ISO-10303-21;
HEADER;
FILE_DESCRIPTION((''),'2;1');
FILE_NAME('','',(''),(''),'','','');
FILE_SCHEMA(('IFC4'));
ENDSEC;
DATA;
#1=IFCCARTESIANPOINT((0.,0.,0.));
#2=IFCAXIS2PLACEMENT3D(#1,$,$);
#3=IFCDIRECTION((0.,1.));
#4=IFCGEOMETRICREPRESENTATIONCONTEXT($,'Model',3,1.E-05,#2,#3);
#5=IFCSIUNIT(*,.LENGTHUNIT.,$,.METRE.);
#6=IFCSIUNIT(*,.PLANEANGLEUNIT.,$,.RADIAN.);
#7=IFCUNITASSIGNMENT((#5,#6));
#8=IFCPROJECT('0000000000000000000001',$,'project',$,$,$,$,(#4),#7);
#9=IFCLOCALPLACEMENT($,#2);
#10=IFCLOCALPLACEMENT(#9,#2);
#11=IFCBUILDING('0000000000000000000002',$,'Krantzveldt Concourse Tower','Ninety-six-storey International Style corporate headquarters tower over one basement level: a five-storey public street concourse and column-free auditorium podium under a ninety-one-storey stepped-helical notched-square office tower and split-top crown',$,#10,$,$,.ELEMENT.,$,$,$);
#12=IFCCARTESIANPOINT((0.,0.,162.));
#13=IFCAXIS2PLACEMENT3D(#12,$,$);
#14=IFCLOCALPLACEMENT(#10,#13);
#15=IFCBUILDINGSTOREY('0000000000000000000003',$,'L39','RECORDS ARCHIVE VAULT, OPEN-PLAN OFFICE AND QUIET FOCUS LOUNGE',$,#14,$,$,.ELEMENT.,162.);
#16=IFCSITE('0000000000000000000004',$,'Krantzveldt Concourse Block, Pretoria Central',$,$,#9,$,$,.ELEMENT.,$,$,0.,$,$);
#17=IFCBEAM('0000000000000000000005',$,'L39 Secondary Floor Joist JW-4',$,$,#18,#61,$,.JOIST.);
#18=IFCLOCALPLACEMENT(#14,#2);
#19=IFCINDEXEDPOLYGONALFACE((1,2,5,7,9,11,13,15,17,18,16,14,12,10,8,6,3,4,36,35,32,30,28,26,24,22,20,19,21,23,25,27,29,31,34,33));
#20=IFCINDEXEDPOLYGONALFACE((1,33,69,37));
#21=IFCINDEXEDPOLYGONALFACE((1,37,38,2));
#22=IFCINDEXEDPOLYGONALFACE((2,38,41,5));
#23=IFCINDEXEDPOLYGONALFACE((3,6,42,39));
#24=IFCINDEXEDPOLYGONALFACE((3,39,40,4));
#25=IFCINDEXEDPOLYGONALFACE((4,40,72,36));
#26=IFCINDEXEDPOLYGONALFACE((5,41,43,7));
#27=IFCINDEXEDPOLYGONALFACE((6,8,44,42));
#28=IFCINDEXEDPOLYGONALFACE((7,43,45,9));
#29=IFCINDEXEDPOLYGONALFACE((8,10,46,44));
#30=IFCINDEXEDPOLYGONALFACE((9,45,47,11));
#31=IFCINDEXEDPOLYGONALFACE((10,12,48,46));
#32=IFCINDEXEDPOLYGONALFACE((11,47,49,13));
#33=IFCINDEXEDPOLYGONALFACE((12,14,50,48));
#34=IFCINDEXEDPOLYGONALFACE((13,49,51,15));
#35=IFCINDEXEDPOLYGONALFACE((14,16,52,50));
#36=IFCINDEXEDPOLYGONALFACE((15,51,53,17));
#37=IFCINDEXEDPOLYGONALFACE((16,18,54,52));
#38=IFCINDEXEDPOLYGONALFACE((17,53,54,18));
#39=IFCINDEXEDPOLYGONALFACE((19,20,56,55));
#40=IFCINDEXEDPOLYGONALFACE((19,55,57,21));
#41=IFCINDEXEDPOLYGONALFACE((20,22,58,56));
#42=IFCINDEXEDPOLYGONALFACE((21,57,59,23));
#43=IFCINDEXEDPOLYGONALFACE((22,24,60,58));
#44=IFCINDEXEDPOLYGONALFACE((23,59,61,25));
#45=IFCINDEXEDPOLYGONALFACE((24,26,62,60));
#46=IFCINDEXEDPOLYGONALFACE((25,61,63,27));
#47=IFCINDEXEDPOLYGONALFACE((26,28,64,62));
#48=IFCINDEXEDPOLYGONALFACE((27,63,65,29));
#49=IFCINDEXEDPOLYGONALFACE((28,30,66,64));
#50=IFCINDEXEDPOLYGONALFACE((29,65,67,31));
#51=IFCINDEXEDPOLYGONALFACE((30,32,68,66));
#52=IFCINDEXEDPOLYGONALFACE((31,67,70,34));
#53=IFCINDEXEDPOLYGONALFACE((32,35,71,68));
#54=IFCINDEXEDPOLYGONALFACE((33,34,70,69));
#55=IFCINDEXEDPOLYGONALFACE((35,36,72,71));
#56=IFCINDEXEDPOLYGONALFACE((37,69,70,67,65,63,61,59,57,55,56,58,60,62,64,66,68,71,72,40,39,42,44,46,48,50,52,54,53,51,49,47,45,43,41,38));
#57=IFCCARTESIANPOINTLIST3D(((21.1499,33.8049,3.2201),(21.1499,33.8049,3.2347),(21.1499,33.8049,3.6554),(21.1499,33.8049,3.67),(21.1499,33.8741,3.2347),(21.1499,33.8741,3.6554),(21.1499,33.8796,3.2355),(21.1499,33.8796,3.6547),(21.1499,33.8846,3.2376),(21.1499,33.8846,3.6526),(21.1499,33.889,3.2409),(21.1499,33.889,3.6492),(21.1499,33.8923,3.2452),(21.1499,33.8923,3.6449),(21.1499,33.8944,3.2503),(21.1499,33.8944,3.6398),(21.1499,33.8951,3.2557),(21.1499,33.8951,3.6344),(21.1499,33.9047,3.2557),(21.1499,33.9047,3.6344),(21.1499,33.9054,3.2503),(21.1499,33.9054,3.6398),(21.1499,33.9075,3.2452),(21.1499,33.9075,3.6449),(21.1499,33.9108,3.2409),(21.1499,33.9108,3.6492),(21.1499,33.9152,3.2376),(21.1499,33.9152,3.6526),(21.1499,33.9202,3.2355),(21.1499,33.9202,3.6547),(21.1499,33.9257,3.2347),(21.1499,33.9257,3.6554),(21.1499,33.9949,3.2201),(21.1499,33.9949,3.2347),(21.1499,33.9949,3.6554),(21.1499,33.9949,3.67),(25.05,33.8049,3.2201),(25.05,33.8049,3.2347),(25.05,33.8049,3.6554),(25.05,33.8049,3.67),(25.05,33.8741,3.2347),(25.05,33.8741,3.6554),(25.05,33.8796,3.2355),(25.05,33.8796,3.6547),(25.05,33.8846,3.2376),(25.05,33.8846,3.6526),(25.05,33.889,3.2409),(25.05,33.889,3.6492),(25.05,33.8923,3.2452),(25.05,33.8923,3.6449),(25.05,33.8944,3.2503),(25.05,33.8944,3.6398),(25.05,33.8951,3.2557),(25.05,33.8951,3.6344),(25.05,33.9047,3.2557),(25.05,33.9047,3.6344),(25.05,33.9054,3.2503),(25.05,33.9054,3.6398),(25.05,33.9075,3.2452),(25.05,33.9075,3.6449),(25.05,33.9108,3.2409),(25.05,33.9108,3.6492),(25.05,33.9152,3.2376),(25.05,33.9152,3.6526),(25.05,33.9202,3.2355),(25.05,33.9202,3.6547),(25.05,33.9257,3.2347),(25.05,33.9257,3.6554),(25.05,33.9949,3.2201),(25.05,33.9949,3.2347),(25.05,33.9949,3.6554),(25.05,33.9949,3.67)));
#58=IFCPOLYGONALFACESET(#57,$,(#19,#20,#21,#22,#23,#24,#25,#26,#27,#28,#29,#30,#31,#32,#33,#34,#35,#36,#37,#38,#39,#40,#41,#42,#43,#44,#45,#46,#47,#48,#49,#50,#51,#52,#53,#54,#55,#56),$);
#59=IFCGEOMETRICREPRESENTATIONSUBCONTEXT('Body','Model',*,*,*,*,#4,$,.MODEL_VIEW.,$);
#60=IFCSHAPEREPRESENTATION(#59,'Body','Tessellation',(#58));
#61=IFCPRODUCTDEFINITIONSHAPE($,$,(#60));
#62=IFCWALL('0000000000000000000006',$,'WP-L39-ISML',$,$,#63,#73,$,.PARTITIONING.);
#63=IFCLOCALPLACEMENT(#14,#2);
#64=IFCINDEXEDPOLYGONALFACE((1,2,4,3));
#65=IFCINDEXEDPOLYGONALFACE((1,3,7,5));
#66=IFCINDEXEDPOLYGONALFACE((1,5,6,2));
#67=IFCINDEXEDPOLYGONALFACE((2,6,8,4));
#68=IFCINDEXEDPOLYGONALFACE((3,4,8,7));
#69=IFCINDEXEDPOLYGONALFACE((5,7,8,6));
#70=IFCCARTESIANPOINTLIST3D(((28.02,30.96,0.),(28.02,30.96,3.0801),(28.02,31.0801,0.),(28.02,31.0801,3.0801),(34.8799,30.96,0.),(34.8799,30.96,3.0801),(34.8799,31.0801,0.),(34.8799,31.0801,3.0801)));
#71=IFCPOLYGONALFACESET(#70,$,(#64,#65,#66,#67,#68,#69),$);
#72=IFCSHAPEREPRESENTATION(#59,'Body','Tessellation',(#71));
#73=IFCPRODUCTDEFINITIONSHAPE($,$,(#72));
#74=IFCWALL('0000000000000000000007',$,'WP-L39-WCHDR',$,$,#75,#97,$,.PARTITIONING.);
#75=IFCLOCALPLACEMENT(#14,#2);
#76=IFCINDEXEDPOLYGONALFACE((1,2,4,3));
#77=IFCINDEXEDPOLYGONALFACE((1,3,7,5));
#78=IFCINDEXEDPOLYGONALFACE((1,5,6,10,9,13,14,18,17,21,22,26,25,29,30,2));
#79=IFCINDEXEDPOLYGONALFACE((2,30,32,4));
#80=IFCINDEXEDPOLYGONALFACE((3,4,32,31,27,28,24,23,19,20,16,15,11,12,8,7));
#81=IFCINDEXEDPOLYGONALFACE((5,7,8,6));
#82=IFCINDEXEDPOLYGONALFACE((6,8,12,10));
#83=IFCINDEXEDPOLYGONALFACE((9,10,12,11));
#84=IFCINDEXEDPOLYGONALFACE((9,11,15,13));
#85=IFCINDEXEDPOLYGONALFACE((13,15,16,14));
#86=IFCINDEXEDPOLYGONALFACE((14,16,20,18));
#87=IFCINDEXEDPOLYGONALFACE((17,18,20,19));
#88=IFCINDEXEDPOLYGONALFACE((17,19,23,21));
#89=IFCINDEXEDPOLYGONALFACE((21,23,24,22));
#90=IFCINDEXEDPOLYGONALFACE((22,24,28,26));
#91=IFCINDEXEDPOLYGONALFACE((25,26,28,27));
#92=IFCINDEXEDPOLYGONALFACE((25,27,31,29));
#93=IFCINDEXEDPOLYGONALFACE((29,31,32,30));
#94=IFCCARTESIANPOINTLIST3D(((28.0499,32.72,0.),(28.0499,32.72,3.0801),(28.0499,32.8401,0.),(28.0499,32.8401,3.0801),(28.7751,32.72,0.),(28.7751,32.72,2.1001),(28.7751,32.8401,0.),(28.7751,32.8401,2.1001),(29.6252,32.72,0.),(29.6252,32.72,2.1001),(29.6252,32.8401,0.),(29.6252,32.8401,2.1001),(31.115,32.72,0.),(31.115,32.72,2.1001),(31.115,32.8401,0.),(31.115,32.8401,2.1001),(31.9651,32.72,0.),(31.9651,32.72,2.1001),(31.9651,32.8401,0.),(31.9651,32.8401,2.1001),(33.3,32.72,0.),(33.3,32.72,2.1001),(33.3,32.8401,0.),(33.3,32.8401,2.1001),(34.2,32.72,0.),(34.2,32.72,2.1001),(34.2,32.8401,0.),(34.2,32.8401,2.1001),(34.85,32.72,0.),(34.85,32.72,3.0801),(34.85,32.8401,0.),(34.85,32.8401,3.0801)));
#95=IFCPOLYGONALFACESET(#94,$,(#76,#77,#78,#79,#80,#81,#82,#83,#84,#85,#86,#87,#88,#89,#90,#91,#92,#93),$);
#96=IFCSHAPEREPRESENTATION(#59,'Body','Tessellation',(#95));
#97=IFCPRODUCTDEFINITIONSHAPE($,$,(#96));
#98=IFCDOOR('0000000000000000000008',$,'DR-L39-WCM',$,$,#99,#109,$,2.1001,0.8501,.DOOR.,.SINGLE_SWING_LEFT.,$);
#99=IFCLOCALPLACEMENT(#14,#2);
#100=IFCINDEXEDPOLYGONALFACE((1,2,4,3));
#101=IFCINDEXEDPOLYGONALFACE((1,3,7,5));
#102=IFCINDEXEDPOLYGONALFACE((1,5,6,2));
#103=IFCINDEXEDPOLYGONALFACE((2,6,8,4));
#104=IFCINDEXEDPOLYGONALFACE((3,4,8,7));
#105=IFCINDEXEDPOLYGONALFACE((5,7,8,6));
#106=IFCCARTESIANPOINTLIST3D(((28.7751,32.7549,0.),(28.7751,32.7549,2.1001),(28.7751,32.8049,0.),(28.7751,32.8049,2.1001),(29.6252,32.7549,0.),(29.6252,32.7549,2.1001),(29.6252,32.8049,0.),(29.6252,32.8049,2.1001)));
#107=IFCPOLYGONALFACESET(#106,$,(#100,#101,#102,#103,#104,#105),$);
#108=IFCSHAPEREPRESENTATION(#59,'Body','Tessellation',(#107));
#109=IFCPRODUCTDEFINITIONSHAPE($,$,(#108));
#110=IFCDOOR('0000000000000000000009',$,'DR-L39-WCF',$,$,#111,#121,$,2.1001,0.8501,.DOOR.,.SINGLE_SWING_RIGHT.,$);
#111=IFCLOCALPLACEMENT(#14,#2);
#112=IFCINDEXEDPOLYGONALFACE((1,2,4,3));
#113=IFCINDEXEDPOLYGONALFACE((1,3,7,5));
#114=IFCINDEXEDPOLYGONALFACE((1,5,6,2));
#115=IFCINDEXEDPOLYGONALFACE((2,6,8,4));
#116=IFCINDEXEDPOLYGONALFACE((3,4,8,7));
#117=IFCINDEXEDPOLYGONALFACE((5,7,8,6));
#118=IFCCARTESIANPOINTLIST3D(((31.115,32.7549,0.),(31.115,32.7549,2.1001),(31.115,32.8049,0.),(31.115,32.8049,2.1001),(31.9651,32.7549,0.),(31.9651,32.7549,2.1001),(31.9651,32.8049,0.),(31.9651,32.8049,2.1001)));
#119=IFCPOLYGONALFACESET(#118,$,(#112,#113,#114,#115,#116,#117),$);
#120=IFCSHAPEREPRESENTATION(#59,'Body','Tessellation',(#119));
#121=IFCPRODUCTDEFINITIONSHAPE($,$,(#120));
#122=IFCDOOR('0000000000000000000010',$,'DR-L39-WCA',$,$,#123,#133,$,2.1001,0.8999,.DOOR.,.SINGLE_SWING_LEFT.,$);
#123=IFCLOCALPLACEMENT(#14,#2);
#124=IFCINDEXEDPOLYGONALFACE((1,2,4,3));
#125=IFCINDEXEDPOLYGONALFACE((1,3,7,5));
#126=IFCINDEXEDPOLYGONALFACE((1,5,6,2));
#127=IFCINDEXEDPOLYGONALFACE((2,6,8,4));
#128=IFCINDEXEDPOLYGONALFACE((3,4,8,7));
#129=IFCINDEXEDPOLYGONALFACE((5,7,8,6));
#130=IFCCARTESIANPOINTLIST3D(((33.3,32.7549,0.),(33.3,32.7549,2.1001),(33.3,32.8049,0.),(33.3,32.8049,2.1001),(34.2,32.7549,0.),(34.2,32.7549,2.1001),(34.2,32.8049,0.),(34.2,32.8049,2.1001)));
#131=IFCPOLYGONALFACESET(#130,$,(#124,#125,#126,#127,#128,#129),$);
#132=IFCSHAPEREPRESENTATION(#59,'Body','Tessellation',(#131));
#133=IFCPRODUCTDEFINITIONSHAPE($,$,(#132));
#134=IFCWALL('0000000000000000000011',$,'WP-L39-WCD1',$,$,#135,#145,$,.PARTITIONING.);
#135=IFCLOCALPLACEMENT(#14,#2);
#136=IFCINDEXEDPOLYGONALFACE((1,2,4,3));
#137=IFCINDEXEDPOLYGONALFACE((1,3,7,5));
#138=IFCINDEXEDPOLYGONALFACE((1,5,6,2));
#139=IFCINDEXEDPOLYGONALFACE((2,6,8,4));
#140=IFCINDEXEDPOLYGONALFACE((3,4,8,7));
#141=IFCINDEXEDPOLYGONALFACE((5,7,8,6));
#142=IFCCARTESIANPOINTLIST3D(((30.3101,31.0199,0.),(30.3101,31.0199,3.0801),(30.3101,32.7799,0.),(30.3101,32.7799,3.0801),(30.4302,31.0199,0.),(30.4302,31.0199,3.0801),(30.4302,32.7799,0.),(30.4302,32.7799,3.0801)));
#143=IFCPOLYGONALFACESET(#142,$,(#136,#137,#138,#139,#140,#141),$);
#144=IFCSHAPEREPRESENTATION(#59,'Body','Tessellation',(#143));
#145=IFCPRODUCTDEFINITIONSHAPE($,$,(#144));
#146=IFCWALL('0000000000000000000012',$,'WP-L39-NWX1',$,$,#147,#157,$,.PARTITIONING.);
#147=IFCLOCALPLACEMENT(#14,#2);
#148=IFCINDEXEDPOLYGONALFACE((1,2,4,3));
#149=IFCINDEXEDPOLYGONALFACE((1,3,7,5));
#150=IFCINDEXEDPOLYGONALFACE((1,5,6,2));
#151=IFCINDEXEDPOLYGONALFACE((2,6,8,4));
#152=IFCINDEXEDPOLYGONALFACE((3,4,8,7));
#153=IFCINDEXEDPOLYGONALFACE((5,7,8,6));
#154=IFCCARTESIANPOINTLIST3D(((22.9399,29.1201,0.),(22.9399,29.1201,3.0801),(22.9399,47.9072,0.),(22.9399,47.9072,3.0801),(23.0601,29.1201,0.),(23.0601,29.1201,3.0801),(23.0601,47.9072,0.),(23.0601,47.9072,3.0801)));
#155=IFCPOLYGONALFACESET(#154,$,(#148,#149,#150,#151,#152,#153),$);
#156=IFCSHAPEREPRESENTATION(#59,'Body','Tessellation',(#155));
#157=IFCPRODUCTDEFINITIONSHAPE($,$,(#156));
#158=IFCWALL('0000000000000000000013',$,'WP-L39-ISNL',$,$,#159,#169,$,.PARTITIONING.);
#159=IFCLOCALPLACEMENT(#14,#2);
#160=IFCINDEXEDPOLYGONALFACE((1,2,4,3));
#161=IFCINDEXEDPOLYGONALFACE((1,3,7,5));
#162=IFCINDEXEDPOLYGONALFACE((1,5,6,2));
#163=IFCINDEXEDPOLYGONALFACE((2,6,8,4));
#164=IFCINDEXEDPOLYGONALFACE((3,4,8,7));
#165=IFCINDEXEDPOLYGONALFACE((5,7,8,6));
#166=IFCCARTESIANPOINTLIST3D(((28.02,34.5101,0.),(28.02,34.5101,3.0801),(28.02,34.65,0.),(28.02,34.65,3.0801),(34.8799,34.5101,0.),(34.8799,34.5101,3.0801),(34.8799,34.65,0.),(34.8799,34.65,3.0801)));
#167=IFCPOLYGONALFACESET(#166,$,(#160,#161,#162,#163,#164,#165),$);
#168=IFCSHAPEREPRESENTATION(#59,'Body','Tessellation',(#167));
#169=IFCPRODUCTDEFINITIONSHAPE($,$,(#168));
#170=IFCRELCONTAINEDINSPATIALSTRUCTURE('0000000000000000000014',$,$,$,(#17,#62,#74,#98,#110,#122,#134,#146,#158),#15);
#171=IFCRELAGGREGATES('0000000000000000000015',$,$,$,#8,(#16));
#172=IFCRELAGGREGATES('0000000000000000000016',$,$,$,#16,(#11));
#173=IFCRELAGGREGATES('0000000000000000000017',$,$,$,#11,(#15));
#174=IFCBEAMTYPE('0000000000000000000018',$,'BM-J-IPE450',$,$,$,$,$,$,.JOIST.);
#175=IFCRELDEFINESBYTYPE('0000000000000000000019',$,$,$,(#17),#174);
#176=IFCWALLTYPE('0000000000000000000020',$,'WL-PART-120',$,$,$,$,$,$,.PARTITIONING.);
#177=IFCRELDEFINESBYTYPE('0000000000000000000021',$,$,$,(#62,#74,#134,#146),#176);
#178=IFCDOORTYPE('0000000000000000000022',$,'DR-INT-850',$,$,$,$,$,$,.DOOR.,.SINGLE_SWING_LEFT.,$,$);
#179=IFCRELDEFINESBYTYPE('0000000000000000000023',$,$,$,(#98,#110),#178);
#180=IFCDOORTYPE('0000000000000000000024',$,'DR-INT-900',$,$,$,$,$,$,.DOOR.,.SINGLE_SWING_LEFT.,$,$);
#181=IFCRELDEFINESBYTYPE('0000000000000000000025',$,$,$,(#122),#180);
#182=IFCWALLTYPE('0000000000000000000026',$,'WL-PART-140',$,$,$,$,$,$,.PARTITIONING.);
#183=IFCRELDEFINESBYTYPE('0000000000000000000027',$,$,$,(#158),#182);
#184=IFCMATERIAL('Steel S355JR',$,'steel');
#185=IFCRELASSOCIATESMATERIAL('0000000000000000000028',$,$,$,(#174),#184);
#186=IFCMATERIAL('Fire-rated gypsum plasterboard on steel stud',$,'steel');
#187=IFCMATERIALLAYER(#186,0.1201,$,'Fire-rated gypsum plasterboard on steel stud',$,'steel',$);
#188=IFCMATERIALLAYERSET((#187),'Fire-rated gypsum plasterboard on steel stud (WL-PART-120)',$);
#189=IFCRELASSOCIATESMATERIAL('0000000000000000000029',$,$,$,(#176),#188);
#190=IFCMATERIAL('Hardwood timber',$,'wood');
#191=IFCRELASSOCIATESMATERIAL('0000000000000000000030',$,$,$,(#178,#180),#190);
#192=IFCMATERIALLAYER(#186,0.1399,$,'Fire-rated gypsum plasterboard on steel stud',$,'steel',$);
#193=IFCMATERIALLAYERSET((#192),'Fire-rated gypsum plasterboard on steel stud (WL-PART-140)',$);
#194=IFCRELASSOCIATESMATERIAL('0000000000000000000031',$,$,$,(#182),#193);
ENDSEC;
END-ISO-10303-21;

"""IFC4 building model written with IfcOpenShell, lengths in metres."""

from ifc_helpers import new_model, si_unit, direction, frame, frame_2d, origin, origin_2d, place, context, subcontext, project, spatial, rectangle, i_section, extrude, source, transform, mapped, material, layer, layer_set, material_profile, profile_set, type_object, element, fill, save


model = new_model("IFC4")

# Units and contexts
model_context = context("Model", 3, precision=1e-05, world=origin(), true_north=direction((0.0, 1.0)))
body_context = subcontext(model_context, "Body", "Model", "MODEL_VIEW")
ifc_project = project(units=[si_unit("LENGTHUNIT", "METRE"), si_unit("PLANEANGLEUNIT", "RADIAN")], contexts=[model_context])

# Site, building, storey
site_placement = place(None, origin())
site = spatial("IfcSite", under=ifc_project, at=site_placement, Name="Krantzveldt Concourse Block, Pretoria Central", CompositionType="ELEMENT", RefElevation=0.0)
building_placement = place(site_placement, origin())
building = spatial("IfcBuilding", under=site, at=building_placement, Name="Krantzveldt Concourse Tower", Description="Ninety-six-storey International Style corporate headquarters tower over one basement level: a five-storey public street concourse and column-free auditorium podium under a ninety-one-storey stepped-helical notched-square office tower and split-top crown", CompositionType="ELEMENT")
storey_placement = place(building_placement, frame((0.0, 0.0, 162.0)))
storey = spatial("IfcBuildingStorey", under=building, at=storey_placement, Name="L39", Description="RECORDS ARCHIVE VAULT, OPEN-PLAN OFFICE AND QUIET FOCUS LOUNGE", CompositionType="ELEMENT", Elevation=162.0)

# Beam
ifc_material_1 = material(Name="Steel S355JR", Category="steel")
ifc_material_profile_1 = material_profile(ifc_material_1, i_section(OverallWidth=0.1899, OverallDepth=0.45, WebThickness=0.0095, FlangeThickness=0.0146, FilletRadius=0.021, at=origin_2d()), Name="Steel S355JR", Category="steel")
ifc_profile_set_1 = profile_set([ifc_material_profile_1], Name="Steel S355JR - IPE 450")
beam_type_1 = type_object("IfcBeamType", Name="BM-J-IPE450", PredefinedType="JOIST", material=ifc_profile_set_1)
shared_shape_1 = source(origin(), body_context, "Body", "SweptSolid", [
    extrude(i_section(OverallWidth=0.1899, OverallDepth=0.45, WebThickness=0.0095, FlangeThickness=0.0146, FilletRadius=0.021, at=origin_2d()), origin(), (0.0, 0.0, 1.0), 3.9001),
])
beam_placement = place(storey_placement, frame((21.1499, 33.8999, 3.4451), z_axis=(1.0, 0.0, 0.0), x_axis=(0.0, 1.0, 0.0)))
element("IfcBeam", 1, at=beam_placement, inside=storey, type_object=beam_type_1, Name="L39 Secondary Floor Joist JW-4", PredefinedType="JOIST", context=body_context, shape_type="MappedRepresentation", body=[
    mapped(shared_shape_1, transform((0.0, 0.0, 0.0), x_axis=(1.0, 0.0, 0.0), y_axis=(0.0, 1.0, 0.0), z_axis=(0.0, 0.0, 1.0), scale=1.0)),
])

# Wall
ifc_material_2 = material(Name="Fire-rated gypsum plasterboard on steel stud", Category="steel")
ifc_layer_1 = layer(ifc_material_2, 0.1201, Name="Fire-rated gypsum plasterboard on steel stud", Category="steel")
ifc_layer_set_1 = layer_set([ifc_layer_1], Name="Fire-rated gypsum plasterboard on steel stud (WL-PART-120)")
wall_type_1 = type_object("IfcWallType", Name="WL-PART-120", PredefinedType="PARTITIONING", material=ifc_layer_set_1)
wall_1_placement = place(storey_placement, frame((28.02, 31.02, 0.0), z_axis=(0.0, 0.0, 1.0), x_axis=(1.0, 0.0, 0.0)))
element("IfcWall", 2, at=wall_1_placement, inside=storey, type_object=wall_type_1, Name="WP-L39-ISML", PredefinedType="PARTITIONING", context=body_context, shape_type="SweptSolid", body=[
    extrude(rectangle(XDim=6.8599, YDim=0.1201, at=frame_2d((3.4299, 0.0))), origin(), (0.0, 0.0, 1.0), 3.0801),
])

# Wall, openings, doors
wall_2_placement = place(storey_placement, frame((28.05, 32.78, 0.0), z_axis=(0.0, 0.0, 1.0), x_axis=(1.0, 0.0, 0.0)))
wall_2 = element("IfcWall", 3, at=wall_2_placement, inside=storey, type_object=wall_type_1, Name="WP-L39-WCHDR", PredefinedType="PARTITIONING", context=body_context, shape_type="SweptSolid", body=[
    extrude(rectangle(XDim=6.8, YDim=0.1201, at=frame_2d((3.3999, 0.0))), origin(), (0.0, 0.0, 1.0), 3.0801),
])
opening_1_placement = place(wall_2_placement, frame((0.7251, 0.0, 0.0)))
opening_1 = element("IfcOpeningElement", 4, at=opening_1_placement, cuts=wall_2, PredefinedType="OPENING", context=body_context, shape_type="SweptSolid", body=[
    extrude(rectangle(XDim=0.8501, YDim=2.1001, at=frame_2d((0.425, 1.05))), frame((0.0, 0.0701, 0.0), z_axis=(0.0, -1.0, 0.0), x_axis=(1.0, 0.0, 0.0)), (0.0, 0.0, 1.0), 0.1401),
])
opening_2_placement = place(wall_2_placement, frame((3.0649, 0.0, 0.0)))
opening_2 = element("IfcOpeningElement", 5, at=opening_2_placement, cuts=wall_2, PredefinedType="OPENING", context=body_context, shape_type="SweptSolid", body=[
    extrude(rectangle(XDim=0.8501, YDim=2.1001, at=frame_2d((0.425, 1.05))), frame((0.0, 0.0701, 0.0), z_axis=(0.0, -1.0, 0.0), x_axis=(1.0, 0.0, 0.0)), (0.0, 0.0, 1.0), 0.1401),
])
opening_3_placement = place(wall_2_placement, frame((5.25, 0.0, 0.0)))
opening_3 = element("IfcOpeningElement", 6, at=opening_3_placement, cuts=wall_2, PredefinedType="OPENING", context=body_context, shape_type="SweptSolid", body=[
    extrude(rectangle(XDim=0.8999, YDim=2.1001, at=frame_2d((0.45, 1.05))), frame((0.0, 0.0701, 0.0), z_axis=(0.0, -1.0, 0.0), x_axis=(1.0, 0.0, 0.0)), (0.0, 0.0, 1.0), 0.1401),
])
ifc_material_3 = material(Name="Hardwood timber", Category="wood")
door_type_1 = type_object("IfcDoorType", Name="DR-INT-850", OperationType="SINGLE_SWING_LEFT", PredefinedType="DOOR", material=ifc_material_3)
door_1_placement = place(opening_1_placement, origin())
door_1 = element("IfcDoor", 7, at=door_1_placement, inside=storey, type_object=door_type_1, Name="DR-L39-WCM", OperationType="SINGLE_SWING_LEFT", OverallHeight=2.1001, OverallWidth=0.8501, PredefinedType="DOOR", context=body_context, shape_type="SweptSolid", body=[
    extrude(rectangle(XDim=0.8501, YDim=2.1001, at=frame_2d((0.425, 1.05))), frame((0.0, 0.0249, 0.0), z_axis=(0.0, -1.0, 0.0), x_axis=(1.0, 0.0, 0.0)), (0.0, 0.0, 1.0), 0.05),
])
fill(opening_1, door_1)
door_2_placement = place(opening_2_placement, origin())
door_2 = element("IfcDoor", 8, at=door_2_placement, inside=storey, type_object=door_type_1, Name="DR-L39-WCF", OperationType="SINGLE_SWING_RIGHT", OverallHeight=2.1001, OverallWidth=0.8501, PredefinedType="DOOR", context=body_context, shape_type="SweptSolid", body=[
    extrude(rectangle(XDim=0.8501, YDim=2.1001, at=frame_2d((0.425, 1.05))), frame((0.0, 0.0249, 0.0), z_axis=(0.0, -1.0, 0.0), x_axis=(1.0, 0.0, 0.0)), (0.0, 0.0, 1.0), 0.05),
])
fill(opening_2, door_2)
door_type_2 = type_object("IfcDoorType", Name="DR-INT-900", OperationType="SINGLE_SWING_LEFT", PredefinedType="DOOR", material=ifc_material_3)
door_3_placement = place(opening_3_placement, origin())
door_3 = element("IfcDoor", 9, at=door_3_placement, inside=storey, type_object=door_type_2, Name="DR-L39-WCA", OperationType="SINGLE_SWING_LEFT", OverallHeight=2.1001, OverallWidth=0.8999, PredefinedType="DOOR", context=body_context, shape_type="SweptSolid", body=[
    extrude(rectangle(XDim=0.8999, YDim=2.1001, at=frame_2d((0.45, 1.05))), frame((0.0, 0.0249, 0.0), z_axis=(0.0, -1.0, 0.0), x_axis=(1.0, 0.0, 0.0)), (0.0, 0.0, 1.0), 0.05),
])
fill(opening_3, door_3)

# Walls
wall_3_placement = place(storey_placement, frame((30.3701, 31.02, 0.0), z_axis=(0.0, 0.0, 1.0), x_axis=(0.0, 1.0, 0.0)))
element("IfcWall", 10, at=wall_3_placement, inside=storey, type_object=wall_type_1, Name="WP-L39-WCD1", PredefinedType="PARTITIONING", context=body_context, shape_type="SweptSolid", body=[
    extrude(rectangle(XDim=1.76, YDim=0.1201, at=frame_2d((0.8799, 0.0))), origin(), (0.0, 0.0, 1.0), 3.0801),
])
wall_4_placement = place(storey_placement, frame((23.0, 29.1201, 0.0), z_axis=(0.0, 0.0, 1.0), x_axis=(0.0, 1.0, 0.0)))
element("IfcWall", 11, at=wall_4_placement, inside=storey, type_object=wall_type_1, Name="WP-L39-NWX1", PredefinedType="PARTITIONING", context=body_context, shape_type="SweptSolid", body=[
    extrude(rectangle(XDim=18.7871, YDim=0.1201, at=frame_2d((9.3936, 0.0))), origin(), (0.0, 0.0, 1.0), 3.0801),
])
ifc_layer_2 = layer(ifc_material_2, 0.1399, Name="Fire-rated gypsum plasterboard on steel stud", Category="steel")
ifc_layer_set_2 = layer_set([ifc_layer_2], Name="Fire-rated gypsum plasterboard on steel stud (WL-PART-140)")
wall_type_2 = type_object("IfcWallType", Name="WL-PART-140", PredefinedType="PARTITIONING", material=ifc_layer_set_2)
wall_5_placement = place(storey_placement, frame((28.02, 34.5801, 0.0), z_axis=(0.0, 0.0, 1.0), x_axis=(1.0, 0.0, 0.0)))
element("IfcWall", 12, at=wall_5_placement, inside=storey, type_object=wall_type_2, Name="WP-L39-ISNL", PredefinedType="PARTITIONING", context=body_context, shape_type="SweptSolid", body=[
    extrude(rectangle(XDim=6.8599, YDim=0.1399, at=frame_2d((3.4299, 0.0))), origin(), (0.0, 0.0, 1.0), 3.0801),
])

save(model, "model.ifc")
